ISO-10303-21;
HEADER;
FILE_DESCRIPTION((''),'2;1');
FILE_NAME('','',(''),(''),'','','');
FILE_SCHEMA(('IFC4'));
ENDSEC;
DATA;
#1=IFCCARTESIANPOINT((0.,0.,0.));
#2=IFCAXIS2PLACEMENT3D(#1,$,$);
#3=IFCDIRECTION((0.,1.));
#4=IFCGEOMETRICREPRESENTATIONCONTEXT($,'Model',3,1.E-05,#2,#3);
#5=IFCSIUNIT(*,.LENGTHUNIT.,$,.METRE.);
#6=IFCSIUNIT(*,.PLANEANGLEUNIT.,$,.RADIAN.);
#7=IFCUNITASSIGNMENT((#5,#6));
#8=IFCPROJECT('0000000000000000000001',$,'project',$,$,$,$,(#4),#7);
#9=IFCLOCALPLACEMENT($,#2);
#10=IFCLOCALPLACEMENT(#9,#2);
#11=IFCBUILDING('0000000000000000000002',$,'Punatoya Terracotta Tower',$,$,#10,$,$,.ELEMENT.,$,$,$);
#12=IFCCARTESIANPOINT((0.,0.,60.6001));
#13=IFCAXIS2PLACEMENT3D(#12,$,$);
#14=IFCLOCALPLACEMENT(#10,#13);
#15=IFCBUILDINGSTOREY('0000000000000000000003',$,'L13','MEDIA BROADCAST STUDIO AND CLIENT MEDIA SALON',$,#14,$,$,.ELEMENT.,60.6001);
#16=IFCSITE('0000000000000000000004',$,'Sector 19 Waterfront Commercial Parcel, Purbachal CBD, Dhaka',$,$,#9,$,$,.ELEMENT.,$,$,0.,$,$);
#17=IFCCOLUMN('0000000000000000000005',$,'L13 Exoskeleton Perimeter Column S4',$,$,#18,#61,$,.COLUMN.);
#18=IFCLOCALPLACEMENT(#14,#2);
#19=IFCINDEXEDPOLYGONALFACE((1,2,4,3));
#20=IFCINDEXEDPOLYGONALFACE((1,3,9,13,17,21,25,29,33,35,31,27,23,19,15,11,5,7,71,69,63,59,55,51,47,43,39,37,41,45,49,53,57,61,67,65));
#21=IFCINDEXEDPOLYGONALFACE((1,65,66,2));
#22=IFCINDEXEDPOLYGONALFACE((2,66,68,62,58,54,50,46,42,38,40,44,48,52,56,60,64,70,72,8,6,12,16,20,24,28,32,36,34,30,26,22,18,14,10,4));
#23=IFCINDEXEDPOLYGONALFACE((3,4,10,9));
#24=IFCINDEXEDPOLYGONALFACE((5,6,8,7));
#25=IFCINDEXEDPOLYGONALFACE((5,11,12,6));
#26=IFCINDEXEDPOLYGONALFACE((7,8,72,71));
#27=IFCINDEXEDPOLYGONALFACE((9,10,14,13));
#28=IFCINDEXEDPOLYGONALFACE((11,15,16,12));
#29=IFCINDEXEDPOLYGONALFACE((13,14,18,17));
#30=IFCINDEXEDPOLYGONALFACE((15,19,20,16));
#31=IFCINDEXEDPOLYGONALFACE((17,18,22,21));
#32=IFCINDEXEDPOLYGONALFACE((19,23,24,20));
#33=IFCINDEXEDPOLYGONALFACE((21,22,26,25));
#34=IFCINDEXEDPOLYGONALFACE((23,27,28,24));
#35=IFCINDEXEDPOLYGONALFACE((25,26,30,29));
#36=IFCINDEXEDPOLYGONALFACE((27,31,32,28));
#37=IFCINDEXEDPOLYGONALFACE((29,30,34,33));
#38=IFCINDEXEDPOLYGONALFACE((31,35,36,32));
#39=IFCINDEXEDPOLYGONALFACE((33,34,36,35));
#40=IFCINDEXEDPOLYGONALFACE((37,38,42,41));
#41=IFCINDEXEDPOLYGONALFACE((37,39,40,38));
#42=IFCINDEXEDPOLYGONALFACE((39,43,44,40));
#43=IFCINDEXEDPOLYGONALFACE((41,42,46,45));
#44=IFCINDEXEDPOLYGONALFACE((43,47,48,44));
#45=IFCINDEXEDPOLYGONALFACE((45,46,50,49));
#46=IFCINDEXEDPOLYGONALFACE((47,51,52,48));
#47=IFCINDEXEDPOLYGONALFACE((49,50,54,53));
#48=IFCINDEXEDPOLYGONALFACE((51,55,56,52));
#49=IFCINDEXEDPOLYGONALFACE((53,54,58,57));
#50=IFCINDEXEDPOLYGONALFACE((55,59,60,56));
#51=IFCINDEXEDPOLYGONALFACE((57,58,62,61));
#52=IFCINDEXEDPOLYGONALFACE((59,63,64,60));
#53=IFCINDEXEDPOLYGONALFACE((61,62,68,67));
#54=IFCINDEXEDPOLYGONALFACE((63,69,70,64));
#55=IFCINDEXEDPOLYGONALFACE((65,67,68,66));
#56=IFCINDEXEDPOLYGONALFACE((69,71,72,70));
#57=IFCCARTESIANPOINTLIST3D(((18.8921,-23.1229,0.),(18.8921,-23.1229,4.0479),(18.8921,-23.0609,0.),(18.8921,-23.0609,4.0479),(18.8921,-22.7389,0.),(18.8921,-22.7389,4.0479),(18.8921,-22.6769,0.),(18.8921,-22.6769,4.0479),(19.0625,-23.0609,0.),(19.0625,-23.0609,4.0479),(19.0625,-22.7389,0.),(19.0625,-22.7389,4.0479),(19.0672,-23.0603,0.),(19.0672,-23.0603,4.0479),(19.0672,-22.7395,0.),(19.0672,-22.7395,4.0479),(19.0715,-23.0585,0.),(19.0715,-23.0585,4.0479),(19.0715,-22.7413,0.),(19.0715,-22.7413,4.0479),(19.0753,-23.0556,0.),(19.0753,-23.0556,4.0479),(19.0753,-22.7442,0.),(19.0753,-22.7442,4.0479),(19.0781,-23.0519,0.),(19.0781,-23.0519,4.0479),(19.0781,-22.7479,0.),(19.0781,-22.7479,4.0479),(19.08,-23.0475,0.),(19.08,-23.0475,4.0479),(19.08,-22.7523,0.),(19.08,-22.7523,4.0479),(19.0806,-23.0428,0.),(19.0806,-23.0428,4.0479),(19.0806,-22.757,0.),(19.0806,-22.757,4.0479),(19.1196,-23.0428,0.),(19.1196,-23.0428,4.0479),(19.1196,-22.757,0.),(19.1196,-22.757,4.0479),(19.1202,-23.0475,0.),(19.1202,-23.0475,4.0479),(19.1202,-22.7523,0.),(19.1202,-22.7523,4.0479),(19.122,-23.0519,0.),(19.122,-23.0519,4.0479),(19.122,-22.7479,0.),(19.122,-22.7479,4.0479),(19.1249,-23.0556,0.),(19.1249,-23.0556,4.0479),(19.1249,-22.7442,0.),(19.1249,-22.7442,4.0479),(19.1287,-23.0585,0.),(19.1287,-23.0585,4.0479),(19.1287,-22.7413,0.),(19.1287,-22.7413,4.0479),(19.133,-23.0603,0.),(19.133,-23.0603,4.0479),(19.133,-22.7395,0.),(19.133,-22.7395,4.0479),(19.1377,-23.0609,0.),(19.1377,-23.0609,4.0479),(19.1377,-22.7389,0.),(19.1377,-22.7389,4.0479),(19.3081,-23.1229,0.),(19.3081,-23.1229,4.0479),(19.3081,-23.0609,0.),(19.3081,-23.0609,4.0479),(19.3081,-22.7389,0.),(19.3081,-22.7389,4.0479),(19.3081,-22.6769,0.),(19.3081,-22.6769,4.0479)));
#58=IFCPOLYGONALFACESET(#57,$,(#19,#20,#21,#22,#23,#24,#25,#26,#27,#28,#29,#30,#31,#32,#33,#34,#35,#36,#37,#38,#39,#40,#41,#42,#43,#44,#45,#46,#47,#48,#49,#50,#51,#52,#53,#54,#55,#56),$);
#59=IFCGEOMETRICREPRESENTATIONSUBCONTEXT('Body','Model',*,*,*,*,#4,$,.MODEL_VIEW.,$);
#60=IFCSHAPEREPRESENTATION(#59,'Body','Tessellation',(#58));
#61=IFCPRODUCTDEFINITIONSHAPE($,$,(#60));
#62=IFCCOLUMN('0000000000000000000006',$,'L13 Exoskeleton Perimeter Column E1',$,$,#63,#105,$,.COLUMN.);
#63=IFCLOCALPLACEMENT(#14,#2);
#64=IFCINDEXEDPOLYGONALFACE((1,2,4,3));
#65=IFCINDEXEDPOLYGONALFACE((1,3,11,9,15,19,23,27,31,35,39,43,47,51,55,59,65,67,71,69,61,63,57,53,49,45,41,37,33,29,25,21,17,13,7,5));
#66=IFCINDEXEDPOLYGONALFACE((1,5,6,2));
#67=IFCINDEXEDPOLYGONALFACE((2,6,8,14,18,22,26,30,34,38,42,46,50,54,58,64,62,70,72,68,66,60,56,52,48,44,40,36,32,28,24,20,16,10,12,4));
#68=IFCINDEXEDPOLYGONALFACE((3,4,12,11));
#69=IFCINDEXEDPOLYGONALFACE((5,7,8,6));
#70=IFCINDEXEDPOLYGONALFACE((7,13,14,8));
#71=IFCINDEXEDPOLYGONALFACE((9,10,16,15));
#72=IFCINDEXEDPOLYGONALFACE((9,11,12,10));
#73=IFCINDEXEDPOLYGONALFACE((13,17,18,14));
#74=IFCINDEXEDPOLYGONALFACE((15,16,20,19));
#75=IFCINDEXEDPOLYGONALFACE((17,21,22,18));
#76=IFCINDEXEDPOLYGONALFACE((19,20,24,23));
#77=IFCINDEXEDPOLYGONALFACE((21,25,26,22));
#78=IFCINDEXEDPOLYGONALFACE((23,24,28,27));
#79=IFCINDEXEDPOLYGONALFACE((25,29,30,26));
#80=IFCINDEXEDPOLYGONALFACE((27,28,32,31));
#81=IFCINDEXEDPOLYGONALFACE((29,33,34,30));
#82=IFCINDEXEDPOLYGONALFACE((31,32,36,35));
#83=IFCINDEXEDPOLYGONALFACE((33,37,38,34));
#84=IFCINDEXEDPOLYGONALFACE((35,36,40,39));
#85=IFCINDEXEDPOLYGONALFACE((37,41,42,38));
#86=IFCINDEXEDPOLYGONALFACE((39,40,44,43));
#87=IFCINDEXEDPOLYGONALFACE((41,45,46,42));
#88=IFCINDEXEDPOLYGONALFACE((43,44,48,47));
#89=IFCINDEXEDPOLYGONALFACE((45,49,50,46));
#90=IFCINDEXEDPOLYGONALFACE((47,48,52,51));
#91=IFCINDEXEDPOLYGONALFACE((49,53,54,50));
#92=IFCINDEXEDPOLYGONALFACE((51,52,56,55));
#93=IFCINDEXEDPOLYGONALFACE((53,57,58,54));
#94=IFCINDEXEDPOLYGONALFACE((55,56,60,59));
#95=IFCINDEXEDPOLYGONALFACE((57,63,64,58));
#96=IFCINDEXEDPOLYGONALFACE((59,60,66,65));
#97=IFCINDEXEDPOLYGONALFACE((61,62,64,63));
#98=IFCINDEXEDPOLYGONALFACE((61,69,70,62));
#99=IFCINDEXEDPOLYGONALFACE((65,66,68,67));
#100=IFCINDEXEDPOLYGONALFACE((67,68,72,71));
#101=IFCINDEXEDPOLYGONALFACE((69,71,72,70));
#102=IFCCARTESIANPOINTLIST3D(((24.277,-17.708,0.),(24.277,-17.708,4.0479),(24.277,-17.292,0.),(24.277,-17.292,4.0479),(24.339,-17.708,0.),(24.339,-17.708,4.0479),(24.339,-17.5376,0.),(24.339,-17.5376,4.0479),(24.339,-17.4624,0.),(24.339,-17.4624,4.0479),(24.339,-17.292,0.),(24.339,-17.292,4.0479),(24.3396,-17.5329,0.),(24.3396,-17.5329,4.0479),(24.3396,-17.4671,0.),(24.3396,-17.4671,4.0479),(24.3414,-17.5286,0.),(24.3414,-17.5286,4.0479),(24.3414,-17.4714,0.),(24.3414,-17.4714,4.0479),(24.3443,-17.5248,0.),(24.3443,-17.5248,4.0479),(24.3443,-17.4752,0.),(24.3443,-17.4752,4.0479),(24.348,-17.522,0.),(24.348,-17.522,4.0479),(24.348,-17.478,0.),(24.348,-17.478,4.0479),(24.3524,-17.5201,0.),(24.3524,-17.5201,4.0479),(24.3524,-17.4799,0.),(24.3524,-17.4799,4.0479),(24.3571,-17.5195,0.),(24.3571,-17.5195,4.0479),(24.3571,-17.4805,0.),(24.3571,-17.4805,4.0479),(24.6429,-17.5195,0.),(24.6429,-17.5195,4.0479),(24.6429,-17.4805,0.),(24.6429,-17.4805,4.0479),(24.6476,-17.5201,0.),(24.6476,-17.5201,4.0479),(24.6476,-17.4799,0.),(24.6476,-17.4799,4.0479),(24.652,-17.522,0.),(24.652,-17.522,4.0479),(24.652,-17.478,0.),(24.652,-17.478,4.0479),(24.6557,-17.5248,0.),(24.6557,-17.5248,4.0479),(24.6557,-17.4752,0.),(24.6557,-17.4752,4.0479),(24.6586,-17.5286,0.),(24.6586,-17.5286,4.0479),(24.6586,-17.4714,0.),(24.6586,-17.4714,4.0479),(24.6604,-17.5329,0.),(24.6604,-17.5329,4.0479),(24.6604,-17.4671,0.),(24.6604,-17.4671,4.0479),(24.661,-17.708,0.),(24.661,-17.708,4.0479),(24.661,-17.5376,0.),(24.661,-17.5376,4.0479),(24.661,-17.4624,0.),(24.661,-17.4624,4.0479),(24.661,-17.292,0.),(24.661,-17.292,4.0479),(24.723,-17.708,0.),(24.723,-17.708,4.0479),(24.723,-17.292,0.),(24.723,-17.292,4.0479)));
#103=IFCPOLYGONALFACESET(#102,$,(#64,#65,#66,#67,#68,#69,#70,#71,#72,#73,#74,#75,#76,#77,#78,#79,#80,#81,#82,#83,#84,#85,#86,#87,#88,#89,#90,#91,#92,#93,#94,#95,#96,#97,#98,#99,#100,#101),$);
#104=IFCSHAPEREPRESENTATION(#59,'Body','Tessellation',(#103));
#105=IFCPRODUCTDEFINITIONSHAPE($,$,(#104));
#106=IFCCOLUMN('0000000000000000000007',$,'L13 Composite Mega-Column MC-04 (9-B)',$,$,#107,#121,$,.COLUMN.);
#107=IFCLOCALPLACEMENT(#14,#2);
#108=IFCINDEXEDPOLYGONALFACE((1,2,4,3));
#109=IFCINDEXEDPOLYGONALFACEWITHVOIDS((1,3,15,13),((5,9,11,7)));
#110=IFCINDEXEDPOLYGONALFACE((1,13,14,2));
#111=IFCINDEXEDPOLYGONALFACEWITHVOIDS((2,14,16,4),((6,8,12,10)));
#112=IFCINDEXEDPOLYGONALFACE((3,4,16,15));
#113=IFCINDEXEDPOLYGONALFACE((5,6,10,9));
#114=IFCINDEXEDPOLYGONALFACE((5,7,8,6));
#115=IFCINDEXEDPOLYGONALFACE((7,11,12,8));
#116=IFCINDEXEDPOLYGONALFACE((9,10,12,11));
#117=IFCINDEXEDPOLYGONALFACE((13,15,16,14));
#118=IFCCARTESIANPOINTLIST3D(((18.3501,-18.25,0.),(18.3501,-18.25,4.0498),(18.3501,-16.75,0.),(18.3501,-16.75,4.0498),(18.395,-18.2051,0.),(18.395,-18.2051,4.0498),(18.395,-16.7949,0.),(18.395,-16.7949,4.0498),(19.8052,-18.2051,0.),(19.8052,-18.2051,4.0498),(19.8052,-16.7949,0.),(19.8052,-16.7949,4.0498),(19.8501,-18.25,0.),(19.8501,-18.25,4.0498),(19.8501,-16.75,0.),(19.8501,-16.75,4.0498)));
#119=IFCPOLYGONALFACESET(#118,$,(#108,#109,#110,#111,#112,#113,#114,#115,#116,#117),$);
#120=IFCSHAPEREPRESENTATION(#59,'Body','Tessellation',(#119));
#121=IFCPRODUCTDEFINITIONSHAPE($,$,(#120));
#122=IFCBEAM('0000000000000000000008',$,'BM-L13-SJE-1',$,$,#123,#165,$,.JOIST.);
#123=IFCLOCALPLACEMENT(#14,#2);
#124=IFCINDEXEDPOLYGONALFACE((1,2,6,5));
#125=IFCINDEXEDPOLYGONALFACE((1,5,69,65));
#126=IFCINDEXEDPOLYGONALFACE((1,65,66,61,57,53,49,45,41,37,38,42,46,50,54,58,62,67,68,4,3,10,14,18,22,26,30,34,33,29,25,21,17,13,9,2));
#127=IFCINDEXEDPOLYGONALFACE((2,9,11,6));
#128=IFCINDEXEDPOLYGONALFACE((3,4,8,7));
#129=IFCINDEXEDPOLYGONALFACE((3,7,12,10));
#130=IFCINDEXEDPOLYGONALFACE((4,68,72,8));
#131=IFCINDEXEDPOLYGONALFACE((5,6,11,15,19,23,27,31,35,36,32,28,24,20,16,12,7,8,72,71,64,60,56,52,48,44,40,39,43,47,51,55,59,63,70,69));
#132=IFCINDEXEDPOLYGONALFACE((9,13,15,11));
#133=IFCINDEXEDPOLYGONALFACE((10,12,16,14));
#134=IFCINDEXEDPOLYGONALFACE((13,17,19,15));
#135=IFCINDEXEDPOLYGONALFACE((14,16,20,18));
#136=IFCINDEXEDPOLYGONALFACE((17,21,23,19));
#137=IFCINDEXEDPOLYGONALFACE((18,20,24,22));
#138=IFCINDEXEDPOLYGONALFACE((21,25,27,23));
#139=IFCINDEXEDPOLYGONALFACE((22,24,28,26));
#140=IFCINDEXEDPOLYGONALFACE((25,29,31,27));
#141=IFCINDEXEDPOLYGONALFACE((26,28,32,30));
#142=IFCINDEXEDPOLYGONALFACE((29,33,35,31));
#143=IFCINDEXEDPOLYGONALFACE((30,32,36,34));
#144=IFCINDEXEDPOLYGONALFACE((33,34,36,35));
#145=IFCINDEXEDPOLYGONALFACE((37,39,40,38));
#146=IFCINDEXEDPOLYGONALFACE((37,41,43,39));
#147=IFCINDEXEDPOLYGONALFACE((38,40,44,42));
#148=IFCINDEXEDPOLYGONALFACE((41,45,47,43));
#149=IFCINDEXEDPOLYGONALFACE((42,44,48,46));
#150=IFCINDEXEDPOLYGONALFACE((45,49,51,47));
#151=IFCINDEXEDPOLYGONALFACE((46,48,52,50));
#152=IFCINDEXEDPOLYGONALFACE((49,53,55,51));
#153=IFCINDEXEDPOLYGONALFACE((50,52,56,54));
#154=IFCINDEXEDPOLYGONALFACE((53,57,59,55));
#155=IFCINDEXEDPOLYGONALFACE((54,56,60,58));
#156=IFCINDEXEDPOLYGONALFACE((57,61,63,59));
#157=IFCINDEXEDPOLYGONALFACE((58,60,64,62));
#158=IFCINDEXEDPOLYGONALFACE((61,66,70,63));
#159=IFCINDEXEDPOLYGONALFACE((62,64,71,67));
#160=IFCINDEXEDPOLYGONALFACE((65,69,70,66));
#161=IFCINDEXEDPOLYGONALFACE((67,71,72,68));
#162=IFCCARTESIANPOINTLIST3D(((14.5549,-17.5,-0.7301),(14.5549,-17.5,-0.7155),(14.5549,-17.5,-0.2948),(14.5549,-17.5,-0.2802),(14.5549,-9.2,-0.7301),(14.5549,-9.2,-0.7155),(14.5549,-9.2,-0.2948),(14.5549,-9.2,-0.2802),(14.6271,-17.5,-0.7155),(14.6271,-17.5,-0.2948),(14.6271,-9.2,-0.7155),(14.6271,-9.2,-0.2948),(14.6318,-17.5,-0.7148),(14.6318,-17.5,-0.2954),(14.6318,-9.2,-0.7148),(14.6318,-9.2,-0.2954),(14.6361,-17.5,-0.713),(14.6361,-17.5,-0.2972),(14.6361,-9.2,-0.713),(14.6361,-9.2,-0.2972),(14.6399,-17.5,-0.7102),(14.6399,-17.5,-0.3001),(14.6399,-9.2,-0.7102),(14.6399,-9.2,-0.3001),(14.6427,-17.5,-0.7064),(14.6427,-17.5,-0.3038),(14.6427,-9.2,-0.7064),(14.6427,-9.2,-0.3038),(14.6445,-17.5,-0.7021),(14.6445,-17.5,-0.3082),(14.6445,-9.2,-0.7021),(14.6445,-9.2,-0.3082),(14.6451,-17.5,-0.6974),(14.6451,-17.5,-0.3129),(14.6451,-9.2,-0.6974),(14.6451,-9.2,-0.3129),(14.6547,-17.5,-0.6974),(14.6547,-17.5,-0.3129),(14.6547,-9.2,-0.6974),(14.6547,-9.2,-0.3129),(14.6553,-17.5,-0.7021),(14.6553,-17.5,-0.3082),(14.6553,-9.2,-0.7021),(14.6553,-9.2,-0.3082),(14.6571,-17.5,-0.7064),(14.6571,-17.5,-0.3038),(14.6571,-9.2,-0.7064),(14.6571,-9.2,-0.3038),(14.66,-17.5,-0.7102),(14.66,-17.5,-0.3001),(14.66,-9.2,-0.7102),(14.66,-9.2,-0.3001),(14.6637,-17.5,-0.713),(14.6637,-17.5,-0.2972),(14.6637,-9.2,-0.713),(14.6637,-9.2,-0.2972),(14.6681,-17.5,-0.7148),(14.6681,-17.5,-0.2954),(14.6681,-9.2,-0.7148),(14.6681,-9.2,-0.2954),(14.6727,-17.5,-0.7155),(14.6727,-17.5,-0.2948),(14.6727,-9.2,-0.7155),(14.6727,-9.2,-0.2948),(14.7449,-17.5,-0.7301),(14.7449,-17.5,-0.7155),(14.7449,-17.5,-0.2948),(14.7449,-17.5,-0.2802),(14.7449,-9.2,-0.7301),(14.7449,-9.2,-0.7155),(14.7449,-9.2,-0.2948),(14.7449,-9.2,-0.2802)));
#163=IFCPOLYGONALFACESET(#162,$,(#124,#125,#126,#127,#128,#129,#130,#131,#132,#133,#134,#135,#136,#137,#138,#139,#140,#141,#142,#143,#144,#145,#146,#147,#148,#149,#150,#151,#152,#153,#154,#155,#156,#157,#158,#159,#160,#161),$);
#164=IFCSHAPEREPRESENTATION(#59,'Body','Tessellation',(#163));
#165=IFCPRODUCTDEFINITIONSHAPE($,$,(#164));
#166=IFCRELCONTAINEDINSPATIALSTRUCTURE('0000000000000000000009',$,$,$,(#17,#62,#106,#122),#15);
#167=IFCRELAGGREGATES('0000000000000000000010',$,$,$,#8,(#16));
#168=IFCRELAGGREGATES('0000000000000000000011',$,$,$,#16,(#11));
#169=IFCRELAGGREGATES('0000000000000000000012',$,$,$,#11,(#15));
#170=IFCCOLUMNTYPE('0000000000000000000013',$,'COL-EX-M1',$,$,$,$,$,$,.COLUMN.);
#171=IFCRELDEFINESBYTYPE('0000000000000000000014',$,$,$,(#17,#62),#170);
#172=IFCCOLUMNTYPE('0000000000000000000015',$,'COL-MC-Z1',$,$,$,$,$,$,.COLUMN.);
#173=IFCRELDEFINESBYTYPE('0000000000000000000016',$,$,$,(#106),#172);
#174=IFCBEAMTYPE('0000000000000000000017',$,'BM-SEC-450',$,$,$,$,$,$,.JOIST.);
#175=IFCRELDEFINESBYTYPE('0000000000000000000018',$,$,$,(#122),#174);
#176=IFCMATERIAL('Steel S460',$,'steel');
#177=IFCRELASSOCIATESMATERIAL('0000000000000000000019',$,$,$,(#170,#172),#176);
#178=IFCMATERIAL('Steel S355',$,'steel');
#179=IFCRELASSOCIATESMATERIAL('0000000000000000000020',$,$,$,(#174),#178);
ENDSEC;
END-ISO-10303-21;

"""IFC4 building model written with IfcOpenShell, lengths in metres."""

from ifc_helpers import new_model, si_unit, direction, frame, origin, origin_2d, place, context, subcontext, project, spatial, hollow_rectangle, i_section, extrude, material, material_profile, profile_set, type_object, element, save


model = new_model("IFC4")

# Units and contexts
model_context = context("Model", 3, precision=1e-05, world=origin(), true_north=direction((0.0, 1.0)))
body_context = subcontext(model_context, "Body", "Model", "MODEL_VIEW")
ifc_project = project(units=[si_unit("LENGTHUNIT", "METRE"), si_unit("PLANEANGLEUNIT", "RADIAN")], contexts=[model_context])

# Site, building, storey
site_placement = place(None, origin())
site = spatial("IfcSite", under=ifc_project, at=site_placement, Name="Sector 19 Waterfront Commercial Parcel, Purbachal CBD, Dhaka", CompositionType="ELEMENT", RefElevation=0.0)
building_placement = place(site_placement, origin())
building = spatial("IfcBuilding", under=site, at=building_placement, Name="Punatoya Terracotta Tower", CompositionType="ELEMENT")
storey_placement = place(building_placement, frame((0.0, 0.0, 60.6001)))
storey = spatial("IfcBuildingStorey", under=building, at=storey_placement, Name="L13", Description="MEDIA BROADCAST STUDIO AND CLIENT MEDIA SALON", CompositionType="ELEMENT", Elevation=60.6001)

# Columns
ifc_material_1 = material(Name="Steel S460", Category="steel")
ifc_material_profile_1 = material_profile(ifc_material_1, i_section(OverallWidth=0.416, OverallDepth=0.446, WebThickness=0.0391, FlangeThickness=0.062, FilletRadius=0.0181, at=origin_2d()))
ifc_profile_set_1 = profile_set([ifc_material_profile_1], Name="Steel S460")
column_type_1 = type_object("IfcColumnType", Name="COL-EX-M1", PredefinedType="COLUMN", material=ifc_profile_set_1)
for number, where, z_axis, x_axis, name in (
    (1, (19.1001, -22.8999, 0.0), (0.0, 0.0, 1.0), (1.0, 0.0, 0.0), "L13 Exoskeleton Perimeter Column S4"),
    (2, (24.5, -17.5, 0.0), (0.0, 0.0, 1.0), (0.0, 1.0, 0.0), "L13 Exoskeleton Perimeter Column E1"),
):
    element("IfcColumn", number, at=place(storey_placement, frame(where, z_axis=z_axis, x_axis=x_axis)), inside=storey, type_object=column_type_1, Name=name, PredefinedType="COLUMN", context=body_context, shape_type="SweptSolid", body=[
        extrude(i_section(OverallWidth=0.416, OverallDepth=0.446, WebThickness=0.0391, FlangeThickness=0.062, FilletRadius=0.0181, at=origin_2d()), origin(), (0.0, 0.0, 1.0), 4.0479),
    ])
ifc_material_profile_2 = material_profile(ifc_material_1, hollow_rectangle(XDim=1.5, YDim=1.5, WallThickness=0.0449, at=origin_2d()))
ifc_profile_set_2 = profile_set([ifc_material_profile_2], Name="Steel S460")
column_type_2 = type_object("IfcColumnType", Name="COL-MC-Z1", PredefinedType="COLUMN", material=ifc_profile_set_2)
column_placement = place(storey_placement, frame((19.1001, -17.5, 0.0), z_axis=(0.0, 0.0, 1.0), x_axis=(1.0, 0.0, 0.0)))
element("IfcColumn", 3, at=column_placement, inside=storey, type_object=column_type_2, Name="L13 Composite Mega-Column MC-04 (9-B)", PredefinedType="COLUMN", context=body_context, shape_type="SweptSolid", body=[
    extrude(hollow_rectangle(XDim=1.5, YDim=1.5, WallThickness=0.0449, at=origin_2d()), origin(), (0.0, 0.0, 1.0), 4.0498),
])

# Beam
ifc_material_2 = material(Name="Steel S355", Category="steel")
ifc_material_profile_3 = material_profile(ifc_material_2, i_section(OverallWidth=0.1899, OverallDepth=0.45, WebThickness=0.0095, FlangeThickness=0.0146, FilletRadius=0.0181, at=origin_2d()))
ifc_profile_set_3 = profile_set([ifc_material_profile_3], Name="Steel S355")
beam_type_1 = type_object("IfcBeamType", Name="BM-SEC-450", PredefinedType="JOIST", material=ifc_profile_set_3)
beam_1_placement = place(storey_placement, frame((14.6499, -17.5, -0.5051), z_axis=(0.0, 1.0, 0.0), x_axis=(-1.0, 0.0, 0.0)))
element("IfcBeam", 4, at=beam_1_placement, inside=storey, type_object=beam_type_1, Name="BM-L13-SJE-1", PredefinedType="JOIST", context=body_context, shape_type="SweptSolid", body=[
    extrude(i_section(OverallWidth=0.1899, OverallDepth=0.45, WebThickness=0.0095, FlangeThickness=0.0146, FilletRadius=0.0181, at=origin_2d()), origin(), (0.0, 0.0, 1.0), 8.3),
])

save(model, "model.ifc")
